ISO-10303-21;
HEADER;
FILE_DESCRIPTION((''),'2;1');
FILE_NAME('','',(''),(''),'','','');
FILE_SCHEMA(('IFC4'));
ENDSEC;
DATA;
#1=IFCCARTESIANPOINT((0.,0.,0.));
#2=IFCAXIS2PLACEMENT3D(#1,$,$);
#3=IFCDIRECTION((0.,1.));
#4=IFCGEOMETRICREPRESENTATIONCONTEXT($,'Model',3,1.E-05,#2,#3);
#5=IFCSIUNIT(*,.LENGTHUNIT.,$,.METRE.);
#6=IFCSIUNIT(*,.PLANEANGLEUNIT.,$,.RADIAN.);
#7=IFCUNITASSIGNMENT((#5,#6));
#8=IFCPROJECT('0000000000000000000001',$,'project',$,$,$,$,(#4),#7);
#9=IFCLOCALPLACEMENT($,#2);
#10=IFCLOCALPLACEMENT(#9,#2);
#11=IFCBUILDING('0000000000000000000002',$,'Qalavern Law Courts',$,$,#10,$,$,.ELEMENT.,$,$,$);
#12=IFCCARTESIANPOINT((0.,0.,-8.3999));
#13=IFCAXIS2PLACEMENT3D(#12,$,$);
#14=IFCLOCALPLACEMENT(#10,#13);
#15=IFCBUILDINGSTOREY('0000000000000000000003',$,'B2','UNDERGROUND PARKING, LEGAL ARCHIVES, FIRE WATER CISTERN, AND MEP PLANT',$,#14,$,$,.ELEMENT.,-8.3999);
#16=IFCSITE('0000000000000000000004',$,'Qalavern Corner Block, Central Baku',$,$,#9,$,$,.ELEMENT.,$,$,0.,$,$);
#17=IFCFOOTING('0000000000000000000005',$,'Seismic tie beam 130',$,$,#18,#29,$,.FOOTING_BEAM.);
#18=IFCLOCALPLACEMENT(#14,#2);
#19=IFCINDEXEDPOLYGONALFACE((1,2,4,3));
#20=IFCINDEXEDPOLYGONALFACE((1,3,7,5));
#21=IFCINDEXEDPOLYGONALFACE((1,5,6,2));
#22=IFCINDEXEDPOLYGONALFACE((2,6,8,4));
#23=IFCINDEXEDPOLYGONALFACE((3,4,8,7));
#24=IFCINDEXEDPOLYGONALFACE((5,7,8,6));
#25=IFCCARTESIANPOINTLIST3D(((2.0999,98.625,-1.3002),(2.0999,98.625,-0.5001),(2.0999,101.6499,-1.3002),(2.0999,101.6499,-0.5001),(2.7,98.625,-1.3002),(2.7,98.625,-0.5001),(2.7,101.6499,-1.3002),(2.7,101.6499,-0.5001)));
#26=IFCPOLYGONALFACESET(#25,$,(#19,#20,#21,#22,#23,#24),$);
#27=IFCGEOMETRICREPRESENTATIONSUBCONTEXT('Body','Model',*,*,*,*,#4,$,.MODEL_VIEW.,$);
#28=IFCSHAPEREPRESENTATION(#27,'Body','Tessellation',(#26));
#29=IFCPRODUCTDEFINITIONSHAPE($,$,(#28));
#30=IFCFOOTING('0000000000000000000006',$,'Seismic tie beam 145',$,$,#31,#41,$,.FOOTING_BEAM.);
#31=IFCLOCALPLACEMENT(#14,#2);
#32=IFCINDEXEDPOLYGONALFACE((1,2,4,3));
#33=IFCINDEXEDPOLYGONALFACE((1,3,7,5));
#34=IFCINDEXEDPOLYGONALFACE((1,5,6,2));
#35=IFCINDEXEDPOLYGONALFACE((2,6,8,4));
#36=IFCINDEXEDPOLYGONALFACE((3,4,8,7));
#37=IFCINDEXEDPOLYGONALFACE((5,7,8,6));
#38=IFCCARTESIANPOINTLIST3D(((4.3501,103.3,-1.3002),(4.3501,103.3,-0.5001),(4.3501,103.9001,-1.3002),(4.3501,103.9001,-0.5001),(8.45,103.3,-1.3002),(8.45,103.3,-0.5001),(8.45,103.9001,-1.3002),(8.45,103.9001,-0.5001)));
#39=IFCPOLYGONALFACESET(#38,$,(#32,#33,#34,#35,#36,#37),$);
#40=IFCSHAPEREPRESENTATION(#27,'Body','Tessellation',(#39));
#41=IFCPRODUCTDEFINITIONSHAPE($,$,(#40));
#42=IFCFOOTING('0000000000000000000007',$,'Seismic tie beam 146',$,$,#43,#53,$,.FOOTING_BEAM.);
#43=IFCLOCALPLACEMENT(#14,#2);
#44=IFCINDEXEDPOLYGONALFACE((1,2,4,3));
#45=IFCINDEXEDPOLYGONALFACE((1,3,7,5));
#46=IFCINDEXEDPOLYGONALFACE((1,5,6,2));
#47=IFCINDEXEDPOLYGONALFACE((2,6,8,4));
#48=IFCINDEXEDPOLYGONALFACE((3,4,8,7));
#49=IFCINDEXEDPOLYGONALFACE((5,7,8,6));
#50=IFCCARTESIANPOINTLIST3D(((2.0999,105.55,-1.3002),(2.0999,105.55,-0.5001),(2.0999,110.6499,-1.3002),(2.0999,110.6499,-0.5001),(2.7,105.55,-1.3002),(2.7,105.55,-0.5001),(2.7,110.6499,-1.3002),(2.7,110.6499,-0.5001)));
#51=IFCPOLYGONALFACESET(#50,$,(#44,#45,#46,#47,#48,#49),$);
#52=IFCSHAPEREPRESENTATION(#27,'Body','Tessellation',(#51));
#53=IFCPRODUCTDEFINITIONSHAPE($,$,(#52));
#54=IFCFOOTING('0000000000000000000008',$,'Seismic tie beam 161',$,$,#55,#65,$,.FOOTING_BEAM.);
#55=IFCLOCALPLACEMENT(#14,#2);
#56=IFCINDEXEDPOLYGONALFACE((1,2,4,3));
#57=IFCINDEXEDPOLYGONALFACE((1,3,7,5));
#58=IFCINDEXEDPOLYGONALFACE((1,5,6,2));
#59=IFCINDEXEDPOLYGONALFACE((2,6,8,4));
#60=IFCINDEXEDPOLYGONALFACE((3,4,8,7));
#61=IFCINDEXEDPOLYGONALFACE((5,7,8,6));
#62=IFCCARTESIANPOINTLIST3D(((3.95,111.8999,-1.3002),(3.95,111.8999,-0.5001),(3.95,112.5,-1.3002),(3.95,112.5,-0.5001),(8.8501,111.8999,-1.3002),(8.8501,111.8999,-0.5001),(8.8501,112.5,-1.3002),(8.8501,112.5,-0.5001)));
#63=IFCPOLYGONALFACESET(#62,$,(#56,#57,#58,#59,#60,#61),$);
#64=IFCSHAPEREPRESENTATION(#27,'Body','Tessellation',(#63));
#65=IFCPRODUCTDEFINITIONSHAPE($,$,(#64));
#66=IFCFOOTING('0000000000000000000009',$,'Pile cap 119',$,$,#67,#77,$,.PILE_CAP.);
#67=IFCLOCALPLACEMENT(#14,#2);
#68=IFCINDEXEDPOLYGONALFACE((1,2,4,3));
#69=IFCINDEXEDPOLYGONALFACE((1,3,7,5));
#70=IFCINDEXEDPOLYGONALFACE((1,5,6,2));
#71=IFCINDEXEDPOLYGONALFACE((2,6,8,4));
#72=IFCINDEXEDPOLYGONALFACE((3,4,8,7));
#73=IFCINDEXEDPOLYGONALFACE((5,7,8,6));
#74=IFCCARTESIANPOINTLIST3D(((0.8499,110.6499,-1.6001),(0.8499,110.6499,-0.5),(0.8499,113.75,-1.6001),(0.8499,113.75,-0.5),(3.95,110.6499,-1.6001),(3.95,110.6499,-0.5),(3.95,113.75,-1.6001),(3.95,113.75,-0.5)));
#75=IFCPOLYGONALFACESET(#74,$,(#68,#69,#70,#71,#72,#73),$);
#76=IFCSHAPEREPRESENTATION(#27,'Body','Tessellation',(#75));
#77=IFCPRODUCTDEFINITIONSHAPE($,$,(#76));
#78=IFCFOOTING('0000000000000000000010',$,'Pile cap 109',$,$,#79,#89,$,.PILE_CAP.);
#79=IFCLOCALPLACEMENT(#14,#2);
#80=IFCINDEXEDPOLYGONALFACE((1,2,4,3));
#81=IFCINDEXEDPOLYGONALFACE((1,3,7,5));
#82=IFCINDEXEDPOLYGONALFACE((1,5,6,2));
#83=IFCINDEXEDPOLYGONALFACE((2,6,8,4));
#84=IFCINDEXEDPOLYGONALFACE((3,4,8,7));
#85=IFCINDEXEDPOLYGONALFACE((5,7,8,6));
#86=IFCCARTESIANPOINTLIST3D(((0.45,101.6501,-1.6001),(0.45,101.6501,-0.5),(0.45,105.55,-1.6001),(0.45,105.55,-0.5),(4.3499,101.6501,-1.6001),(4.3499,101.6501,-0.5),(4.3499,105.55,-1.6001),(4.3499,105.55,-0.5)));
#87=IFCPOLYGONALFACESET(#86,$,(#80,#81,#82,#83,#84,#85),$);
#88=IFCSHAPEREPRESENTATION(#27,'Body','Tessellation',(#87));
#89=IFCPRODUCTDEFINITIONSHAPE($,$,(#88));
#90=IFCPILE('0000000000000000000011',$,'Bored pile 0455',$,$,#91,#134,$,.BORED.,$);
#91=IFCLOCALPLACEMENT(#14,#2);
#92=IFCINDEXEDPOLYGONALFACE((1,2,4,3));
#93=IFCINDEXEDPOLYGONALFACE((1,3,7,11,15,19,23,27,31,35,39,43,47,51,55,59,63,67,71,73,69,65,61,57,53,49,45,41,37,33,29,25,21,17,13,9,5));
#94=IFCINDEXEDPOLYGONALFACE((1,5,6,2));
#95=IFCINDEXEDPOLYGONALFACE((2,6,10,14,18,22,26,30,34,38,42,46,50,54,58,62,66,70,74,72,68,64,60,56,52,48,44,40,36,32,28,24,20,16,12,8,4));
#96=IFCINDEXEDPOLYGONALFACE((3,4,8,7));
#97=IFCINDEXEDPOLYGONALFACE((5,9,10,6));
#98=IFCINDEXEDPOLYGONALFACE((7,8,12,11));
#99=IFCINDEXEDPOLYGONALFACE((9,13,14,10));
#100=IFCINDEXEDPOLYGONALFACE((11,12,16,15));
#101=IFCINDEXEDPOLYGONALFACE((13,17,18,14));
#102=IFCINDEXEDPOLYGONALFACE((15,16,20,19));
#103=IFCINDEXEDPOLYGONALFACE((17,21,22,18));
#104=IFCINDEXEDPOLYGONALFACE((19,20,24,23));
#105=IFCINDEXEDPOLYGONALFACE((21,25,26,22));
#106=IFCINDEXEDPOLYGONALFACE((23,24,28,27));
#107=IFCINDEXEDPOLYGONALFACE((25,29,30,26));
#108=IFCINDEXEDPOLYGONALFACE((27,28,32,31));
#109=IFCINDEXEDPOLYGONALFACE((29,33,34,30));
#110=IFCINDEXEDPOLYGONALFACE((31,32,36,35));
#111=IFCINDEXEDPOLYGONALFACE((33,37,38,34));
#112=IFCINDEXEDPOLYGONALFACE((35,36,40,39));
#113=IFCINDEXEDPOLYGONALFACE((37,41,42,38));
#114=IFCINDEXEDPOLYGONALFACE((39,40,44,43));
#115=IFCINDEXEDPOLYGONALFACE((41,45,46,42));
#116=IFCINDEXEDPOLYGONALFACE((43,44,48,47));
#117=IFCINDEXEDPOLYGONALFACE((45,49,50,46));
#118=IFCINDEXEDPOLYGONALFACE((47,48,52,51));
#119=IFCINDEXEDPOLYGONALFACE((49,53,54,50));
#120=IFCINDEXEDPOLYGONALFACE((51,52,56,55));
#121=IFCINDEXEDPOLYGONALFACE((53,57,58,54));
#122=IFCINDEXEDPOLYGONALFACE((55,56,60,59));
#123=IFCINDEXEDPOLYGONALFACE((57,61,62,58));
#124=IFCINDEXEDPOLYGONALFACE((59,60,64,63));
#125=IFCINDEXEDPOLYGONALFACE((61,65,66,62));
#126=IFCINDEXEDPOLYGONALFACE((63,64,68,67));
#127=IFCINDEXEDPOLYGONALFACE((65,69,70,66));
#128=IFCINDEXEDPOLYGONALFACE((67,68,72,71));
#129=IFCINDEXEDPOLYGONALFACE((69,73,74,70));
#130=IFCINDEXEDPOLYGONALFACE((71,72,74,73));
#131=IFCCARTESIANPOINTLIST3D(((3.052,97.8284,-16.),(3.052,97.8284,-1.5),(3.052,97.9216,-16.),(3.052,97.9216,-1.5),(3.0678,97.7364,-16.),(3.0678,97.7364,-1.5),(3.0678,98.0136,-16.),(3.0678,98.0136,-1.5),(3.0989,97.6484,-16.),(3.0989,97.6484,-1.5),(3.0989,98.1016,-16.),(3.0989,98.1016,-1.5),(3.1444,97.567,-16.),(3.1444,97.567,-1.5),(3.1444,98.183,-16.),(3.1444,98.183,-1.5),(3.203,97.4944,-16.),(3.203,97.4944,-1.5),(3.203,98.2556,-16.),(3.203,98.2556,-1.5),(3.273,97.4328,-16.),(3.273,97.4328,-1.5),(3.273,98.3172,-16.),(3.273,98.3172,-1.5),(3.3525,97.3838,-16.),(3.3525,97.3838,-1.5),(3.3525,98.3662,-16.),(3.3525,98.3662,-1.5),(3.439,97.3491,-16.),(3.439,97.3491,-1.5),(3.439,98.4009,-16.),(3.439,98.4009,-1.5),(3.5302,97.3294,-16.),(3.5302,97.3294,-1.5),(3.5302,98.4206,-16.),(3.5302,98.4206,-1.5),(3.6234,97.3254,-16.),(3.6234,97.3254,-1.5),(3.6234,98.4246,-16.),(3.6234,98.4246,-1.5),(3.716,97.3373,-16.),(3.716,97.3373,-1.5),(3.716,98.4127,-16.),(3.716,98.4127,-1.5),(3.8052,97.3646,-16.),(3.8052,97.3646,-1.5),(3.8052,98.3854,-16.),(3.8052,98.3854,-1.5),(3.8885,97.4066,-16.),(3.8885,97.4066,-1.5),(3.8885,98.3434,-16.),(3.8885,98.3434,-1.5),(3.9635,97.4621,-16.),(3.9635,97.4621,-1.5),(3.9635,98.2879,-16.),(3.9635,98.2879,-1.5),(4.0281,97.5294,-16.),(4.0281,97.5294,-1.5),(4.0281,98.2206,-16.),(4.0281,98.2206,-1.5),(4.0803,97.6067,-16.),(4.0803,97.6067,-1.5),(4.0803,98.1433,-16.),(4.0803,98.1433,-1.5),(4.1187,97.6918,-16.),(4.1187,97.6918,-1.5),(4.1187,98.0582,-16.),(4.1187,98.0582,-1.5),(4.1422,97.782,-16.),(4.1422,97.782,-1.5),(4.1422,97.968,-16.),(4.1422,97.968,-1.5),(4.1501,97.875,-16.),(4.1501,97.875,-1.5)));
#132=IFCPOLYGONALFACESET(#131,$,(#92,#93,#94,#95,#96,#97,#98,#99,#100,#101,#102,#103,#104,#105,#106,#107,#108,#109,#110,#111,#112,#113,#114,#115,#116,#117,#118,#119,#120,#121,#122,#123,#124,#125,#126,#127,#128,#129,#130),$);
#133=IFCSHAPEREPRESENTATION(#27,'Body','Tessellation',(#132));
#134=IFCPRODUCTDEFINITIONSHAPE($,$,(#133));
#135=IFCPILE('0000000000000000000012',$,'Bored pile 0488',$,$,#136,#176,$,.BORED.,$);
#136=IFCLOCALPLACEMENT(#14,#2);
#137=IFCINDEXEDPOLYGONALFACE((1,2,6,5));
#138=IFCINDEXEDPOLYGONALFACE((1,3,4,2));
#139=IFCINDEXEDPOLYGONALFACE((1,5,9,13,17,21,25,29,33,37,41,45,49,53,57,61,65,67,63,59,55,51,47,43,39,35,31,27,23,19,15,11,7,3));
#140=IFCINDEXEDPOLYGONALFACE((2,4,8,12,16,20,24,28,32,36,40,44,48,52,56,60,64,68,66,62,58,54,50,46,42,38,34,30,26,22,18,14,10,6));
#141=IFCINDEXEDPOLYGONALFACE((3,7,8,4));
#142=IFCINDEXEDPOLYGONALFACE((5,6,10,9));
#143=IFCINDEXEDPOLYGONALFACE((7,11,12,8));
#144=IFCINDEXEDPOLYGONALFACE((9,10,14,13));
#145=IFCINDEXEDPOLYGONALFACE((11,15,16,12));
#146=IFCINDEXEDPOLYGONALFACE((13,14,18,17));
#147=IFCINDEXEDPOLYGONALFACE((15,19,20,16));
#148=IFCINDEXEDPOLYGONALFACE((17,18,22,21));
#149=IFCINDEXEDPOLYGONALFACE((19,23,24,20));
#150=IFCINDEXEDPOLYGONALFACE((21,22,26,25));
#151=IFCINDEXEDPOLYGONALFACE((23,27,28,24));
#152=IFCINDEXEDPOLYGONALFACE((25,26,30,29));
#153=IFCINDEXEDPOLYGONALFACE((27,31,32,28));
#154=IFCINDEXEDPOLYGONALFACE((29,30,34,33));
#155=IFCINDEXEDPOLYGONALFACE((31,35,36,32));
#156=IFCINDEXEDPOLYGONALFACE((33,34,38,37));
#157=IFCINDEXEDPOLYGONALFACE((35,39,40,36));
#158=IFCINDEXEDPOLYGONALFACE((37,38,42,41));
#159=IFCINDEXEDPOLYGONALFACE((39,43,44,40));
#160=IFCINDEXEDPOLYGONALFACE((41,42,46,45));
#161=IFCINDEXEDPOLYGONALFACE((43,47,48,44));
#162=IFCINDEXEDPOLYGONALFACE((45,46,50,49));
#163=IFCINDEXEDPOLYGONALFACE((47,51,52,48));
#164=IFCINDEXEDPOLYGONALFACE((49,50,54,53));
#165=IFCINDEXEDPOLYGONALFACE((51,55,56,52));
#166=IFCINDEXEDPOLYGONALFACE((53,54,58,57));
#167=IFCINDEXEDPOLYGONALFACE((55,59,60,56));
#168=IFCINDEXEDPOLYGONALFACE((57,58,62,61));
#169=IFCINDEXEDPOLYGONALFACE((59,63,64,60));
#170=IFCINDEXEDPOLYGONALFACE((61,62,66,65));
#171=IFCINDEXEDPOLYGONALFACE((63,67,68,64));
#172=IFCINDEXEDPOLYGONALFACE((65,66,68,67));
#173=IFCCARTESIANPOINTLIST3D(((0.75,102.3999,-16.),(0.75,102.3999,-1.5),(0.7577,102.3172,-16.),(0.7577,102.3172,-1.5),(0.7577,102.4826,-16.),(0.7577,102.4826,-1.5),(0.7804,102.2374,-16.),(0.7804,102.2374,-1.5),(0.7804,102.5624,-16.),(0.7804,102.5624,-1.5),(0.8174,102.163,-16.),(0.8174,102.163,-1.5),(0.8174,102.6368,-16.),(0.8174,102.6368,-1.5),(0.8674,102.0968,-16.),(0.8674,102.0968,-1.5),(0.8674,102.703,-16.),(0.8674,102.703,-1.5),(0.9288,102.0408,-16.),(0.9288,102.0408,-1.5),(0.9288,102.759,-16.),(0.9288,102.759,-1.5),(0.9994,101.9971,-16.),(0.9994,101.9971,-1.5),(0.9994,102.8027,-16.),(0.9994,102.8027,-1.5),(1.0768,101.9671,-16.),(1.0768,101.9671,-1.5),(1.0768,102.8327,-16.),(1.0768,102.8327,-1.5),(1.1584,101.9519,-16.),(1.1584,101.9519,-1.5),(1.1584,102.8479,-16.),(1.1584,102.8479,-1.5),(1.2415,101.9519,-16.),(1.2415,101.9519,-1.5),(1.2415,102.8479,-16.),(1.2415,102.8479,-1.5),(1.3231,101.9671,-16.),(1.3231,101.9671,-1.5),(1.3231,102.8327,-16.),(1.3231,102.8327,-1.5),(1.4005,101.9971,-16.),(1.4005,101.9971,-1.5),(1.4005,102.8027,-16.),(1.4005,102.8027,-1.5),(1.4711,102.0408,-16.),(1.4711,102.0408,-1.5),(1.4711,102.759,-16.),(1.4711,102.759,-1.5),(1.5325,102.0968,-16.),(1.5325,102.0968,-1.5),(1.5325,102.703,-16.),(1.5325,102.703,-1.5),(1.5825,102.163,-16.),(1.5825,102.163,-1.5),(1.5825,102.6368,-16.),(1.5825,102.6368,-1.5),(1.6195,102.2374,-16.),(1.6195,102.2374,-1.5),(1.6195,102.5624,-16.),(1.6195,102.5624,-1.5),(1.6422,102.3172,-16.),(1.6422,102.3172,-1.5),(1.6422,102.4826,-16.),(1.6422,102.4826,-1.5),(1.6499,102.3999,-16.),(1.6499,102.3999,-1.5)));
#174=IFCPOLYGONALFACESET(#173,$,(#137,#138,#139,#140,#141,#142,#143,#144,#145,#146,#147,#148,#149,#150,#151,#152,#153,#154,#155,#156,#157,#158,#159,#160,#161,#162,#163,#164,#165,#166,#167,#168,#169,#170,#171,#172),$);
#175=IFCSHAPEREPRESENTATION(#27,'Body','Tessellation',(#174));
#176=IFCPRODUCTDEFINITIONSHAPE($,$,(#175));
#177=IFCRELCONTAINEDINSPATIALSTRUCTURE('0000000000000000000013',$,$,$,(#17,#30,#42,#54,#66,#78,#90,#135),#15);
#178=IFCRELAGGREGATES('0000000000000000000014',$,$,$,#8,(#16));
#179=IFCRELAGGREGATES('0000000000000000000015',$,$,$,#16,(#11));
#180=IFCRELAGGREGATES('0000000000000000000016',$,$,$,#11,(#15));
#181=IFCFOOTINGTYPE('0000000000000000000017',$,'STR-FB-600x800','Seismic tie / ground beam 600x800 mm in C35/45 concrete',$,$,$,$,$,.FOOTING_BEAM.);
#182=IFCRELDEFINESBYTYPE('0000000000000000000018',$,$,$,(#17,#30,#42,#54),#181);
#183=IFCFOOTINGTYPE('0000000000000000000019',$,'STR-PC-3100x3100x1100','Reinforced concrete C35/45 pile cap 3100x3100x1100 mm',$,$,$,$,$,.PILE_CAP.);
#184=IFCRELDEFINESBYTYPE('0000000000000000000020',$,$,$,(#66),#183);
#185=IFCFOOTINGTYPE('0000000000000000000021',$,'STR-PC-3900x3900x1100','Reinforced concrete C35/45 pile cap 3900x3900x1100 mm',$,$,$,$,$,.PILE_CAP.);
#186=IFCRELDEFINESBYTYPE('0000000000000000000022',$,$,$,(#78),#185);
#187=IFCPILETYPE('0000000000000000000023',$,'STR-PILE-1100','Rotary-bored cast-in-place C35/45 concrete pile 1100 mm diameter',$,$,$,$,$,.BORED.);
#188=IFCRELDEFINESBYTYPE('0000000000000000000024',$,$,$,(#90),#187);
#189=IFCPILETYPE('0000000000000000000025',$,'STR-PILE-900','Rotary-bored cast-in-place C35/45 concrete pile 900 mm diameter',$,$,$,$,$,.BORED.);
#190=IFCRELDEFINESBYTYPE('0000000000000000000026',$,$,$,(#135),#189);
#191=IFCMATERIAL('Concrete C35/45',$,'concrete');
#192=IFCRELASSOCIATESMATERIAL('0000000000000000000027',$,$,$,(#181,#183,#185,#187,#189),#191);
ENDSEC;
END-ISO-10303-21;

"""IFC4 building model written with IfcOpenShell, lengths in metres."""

from ifc_helpers import new_model, si_unit, direction, frame, origin, origin_2d, place, context, subcontext, project, spatial, rectangle, circle, extrude, material, material_profile, profile_set, type_object, element, save


model = new_model("IFC4")

# Units and contexts
model_context = context("Model", 3, precision=1e-05, world=origin(), true_north=direction((0.0, 1.0)))
body_context = subcontext(model_context, "Body", "Model", "MODEL_VIEW")
ifc_project = project(units=[si_unit("LENGTHUNIT", "METRE"), si_unit("PLANEANGLEUNIT", "RADIAN")], contexts=[model_context])

# Site, building, storey
site_placement = place(None, origin())
site = spatial("IfcSite", under=ifc_project, at=site_placement, Name="Qalavern Corner Block, Central Baku", CompositionType="ELEMENT", RefElevation=0.0)
building_placement = place(site_placement, origin())
building = spatial("IfcBuilding", under=site, at=building_placement, Name="Qalavern Law Courts", CompositionType="ELEMENT")
storey_placement = place(building_placement, frame((0.0, 0.0, -8.3999)))
storey = spatial("IfcBuildingStorey", under=building, at=storey_placement, Name="B2", Description="UNDERGROUND PARKING, LEGAL ARCHIVES, FIRE WATER CISTERN, AND MEP PLANT", CompositionType="ELEMENT", Elevation=-8.3999)

# Footings
ifc_material_1 = material(Name="Concrete C35/45", Category="concrete")
ifc_material_profile_1 = material_profile(ifc_material_1, rectangle(XDim=0.6001, YDim=0.8, at=origin_2d()), Name="RC 600x800")
ifc_profile_set_1 = profile_set([ifc_material_profile_1], Name="Concrete C35/45")
footing_type_1 = type_object("IfcFootingType", Name="STR-FB-600x800", Description="Seismic tie / ground beam 600x800 mm in C35/45 concrete", PredefinedType="FOOTING_BEAM", material=ifc_profile_set_1)
footing_1_placement = place(storey_placement, frame((2.3999, 98.625, -0.9001), z_axis=(0.0, 1.0, 0.0), x_axis=(-1.0, 0.0, 0.0)))
element("IfcFooting", 1, at=footing_1_placement, inside=storey, type_object=footing_type_1, Name="Seismic tie beam 130", PredefinedType="FOOTING_BEAM", context=body_context, shape_type="SweptSolid", body=[
    extrude(rectangle(XDim=0.6001, YDim=0.8, at=origin_2d()), origin(), (0.0, 0.0, 1.0), 3.0249),
])
footing_2_placement = place(storey_placement, frame((4.3501, 103.6001, -0.9001), z_axis=(1.0, 0.0, 0.0), x_axis=(0.0, 1.0, 0.0)))
element("IfcFooting", 2, at=footing_2_placement, inside=storey, type_object=footing_type_1, Name="Seismic tie beam 145", PredefinedType="FOOTING_BEAM", context=body_context, shape_type="SweptSolid", body=[
    extrude(rectangle(XDim=0.6001, YDim=0.8, at=origin_2d()), origin(), (0.0, 0.0, 1.0), 4.0999),
])
footing_3_placement = place(storey_placement, frame((2.3999, 105.55, -0.9001), z_axis=(0.0, 1.0, 0.0), x_axis=(-1.0, 0.0, 0.0)))
element("IfcFooting", 3, at=footing_3_placement, inside=storey, type_object=footing_type_1, Name="Seismic tie beam 146", PredefinedType="FOOTING_BEAM", context=body_context, shape_type="SweptSolid", body=[
    extrude(rectangle(XDim=0.6001, YDim=0.8, at=origin_2d()), origin(), (0.0, 0.0, 1.0), 5.0999),
])
footing_4_placement = place(storey_placement, frame((3.95, 112.2, -0.9001), z_axis=(1.0, 0.0, 0.0), x_axis=(0.0, 1.0, 0.0)))
element("IfcFooting", 4, at=footing_4_placement, inside=storey, type_object=footing_type_1, Name="Seismic tie beam 161", PredefinedType="FOOTING_BEAM", context=body_context, shape_type="SweptSolid", body=[
    extrude(rectangle(XDim=0.6001, YDim=0.8, at=origin_2d()), origin(), (0.0, 0.0, 1.0), 4.9001),
])
footing_type_2 = type_object("IfcFootingType", Name="STR-PC-3100x3100x1100", Description="Reinforced concrete C35/45 pile cap 3100x3100x1100 mm", PredefinedType="PILE_CAP", material=ifc_material_1)
footing_5_placement = place(storey_placement, frame((2.3999, 112.2, -1.6001), z_axis=(0.0, 0.0, 1.0), x_axis=(1.0, 0.0, 0.0)))
element("IfcFooting", 5, at=footing_5_placement, inside=storey, type_object=footing_type_2, Name="Pile cap 119", PredefinedType="PILE_CAP", context=body_context, shape_type="SweptSolid", body=[
    extrude(rectangle(XDim=3.1001, YDim=3.1001, at=origin_2d()), origin(), (0.0, 0.0, 1.0), 1.1001),
])
footing_type_3 = type_object("IfcFootingType", Name="STR-PC-3900x3900x1100", Description="Reinforced concrete C35/45 pile cap 3900x3900x1100 mm", PredefinedType="PILE_CAP", material=ifc_material_1)
footing_6_placement = place(storey_placement, frame((2.3999, 103.6001, -1.6001), z_axis=(0.0, 0.0, 1.0), x_axis=(1.0, 0.0, 0.0)))
element("IfcFooting", 6, at=footing_6_placement, inside=storey, type_object=footing_type_3, Name="Pile cap 109", PredefinedType="PILE_CAP", context=body_context, shape_type="SweptSolid", body=[
    extrude(rectangle(XDim=3.8999, YDim=3.8999, at=origin_2d()), origin(), (0.0, 0.0, 1.0), 1.1001),
])

# Piles
ifc_material_profile_2 = material_profile(ifc_material_1, circle(Radius=0.55, at=origin_2d()), Name="BORED PILE 1100")
ifc_profile_set_2 = profile_set([ifc_material_profile_2], Name="Concrete C35/45")
pile_type_1 = type_object("IfcPileType", Name="STR-PILE-1100", Description="Rotary-bored cast-in-place C35/45 concrete pile 1100 mm diameter", PredefinedType="BORED", material=ifc_profile_set_2)
pile_placement = place(storey_placement, frame((3.6001, 97.875, -1.5), z_axis=(0.0, 0.0, -1.0), x_axis=(1.0, 0.0, 0.0)))
element("IfcPile", 7, at=pile_placement, inside=storey, type_object=pile_type_1, Name="Bored pile 0455", PredefinedType="BORED", context=body_context, shape_type="SweptSolid", body=[
    extrude(circle(Radius=0.55, at=origin_2d()), origin(), (0.0, 0.0, 1.0), 14.5),
])
ifc_material_profile_3 = material_profile(ifc_material_1, circle(Radius=0.45, at=origin_2d()), Name="BORED PILE 900")
ifc_profile_set_3 = profile_set([ifc_material_profile_3], Name="Concrete C35/45")
pile_type_2 = type_object("IfcPileType", Name="STR-PILE-900", Description="Rotary-bored cast-in-place C35/45 concrete pile 900 mm diameter", PredefinedType="BORED", material=ifc_profile_set_3)
for number, where, z_axis, x_axis, name in (
    (8, (1.2, 102.3999, -1.5), (0.0, 0.0, -1.0), (1.0, 0.0, 0.0), "Bored pile 0488"),
):
    element("IfcPile", number, at=place(storey_placement, frame(where, z_axis=z_axis, x_axis=x_axis)), inside=storey, type_object=pile_type_2, Name=name, PredefinedType="BORED", context=body_context, shape_type="SweptSolid", body=[
        extrude(circle(Radius=0.45, at=origin_2d()), origin(), (0.0, 0.0, 1.0), 14.5),
    ])

save(model, "model.ifc")
